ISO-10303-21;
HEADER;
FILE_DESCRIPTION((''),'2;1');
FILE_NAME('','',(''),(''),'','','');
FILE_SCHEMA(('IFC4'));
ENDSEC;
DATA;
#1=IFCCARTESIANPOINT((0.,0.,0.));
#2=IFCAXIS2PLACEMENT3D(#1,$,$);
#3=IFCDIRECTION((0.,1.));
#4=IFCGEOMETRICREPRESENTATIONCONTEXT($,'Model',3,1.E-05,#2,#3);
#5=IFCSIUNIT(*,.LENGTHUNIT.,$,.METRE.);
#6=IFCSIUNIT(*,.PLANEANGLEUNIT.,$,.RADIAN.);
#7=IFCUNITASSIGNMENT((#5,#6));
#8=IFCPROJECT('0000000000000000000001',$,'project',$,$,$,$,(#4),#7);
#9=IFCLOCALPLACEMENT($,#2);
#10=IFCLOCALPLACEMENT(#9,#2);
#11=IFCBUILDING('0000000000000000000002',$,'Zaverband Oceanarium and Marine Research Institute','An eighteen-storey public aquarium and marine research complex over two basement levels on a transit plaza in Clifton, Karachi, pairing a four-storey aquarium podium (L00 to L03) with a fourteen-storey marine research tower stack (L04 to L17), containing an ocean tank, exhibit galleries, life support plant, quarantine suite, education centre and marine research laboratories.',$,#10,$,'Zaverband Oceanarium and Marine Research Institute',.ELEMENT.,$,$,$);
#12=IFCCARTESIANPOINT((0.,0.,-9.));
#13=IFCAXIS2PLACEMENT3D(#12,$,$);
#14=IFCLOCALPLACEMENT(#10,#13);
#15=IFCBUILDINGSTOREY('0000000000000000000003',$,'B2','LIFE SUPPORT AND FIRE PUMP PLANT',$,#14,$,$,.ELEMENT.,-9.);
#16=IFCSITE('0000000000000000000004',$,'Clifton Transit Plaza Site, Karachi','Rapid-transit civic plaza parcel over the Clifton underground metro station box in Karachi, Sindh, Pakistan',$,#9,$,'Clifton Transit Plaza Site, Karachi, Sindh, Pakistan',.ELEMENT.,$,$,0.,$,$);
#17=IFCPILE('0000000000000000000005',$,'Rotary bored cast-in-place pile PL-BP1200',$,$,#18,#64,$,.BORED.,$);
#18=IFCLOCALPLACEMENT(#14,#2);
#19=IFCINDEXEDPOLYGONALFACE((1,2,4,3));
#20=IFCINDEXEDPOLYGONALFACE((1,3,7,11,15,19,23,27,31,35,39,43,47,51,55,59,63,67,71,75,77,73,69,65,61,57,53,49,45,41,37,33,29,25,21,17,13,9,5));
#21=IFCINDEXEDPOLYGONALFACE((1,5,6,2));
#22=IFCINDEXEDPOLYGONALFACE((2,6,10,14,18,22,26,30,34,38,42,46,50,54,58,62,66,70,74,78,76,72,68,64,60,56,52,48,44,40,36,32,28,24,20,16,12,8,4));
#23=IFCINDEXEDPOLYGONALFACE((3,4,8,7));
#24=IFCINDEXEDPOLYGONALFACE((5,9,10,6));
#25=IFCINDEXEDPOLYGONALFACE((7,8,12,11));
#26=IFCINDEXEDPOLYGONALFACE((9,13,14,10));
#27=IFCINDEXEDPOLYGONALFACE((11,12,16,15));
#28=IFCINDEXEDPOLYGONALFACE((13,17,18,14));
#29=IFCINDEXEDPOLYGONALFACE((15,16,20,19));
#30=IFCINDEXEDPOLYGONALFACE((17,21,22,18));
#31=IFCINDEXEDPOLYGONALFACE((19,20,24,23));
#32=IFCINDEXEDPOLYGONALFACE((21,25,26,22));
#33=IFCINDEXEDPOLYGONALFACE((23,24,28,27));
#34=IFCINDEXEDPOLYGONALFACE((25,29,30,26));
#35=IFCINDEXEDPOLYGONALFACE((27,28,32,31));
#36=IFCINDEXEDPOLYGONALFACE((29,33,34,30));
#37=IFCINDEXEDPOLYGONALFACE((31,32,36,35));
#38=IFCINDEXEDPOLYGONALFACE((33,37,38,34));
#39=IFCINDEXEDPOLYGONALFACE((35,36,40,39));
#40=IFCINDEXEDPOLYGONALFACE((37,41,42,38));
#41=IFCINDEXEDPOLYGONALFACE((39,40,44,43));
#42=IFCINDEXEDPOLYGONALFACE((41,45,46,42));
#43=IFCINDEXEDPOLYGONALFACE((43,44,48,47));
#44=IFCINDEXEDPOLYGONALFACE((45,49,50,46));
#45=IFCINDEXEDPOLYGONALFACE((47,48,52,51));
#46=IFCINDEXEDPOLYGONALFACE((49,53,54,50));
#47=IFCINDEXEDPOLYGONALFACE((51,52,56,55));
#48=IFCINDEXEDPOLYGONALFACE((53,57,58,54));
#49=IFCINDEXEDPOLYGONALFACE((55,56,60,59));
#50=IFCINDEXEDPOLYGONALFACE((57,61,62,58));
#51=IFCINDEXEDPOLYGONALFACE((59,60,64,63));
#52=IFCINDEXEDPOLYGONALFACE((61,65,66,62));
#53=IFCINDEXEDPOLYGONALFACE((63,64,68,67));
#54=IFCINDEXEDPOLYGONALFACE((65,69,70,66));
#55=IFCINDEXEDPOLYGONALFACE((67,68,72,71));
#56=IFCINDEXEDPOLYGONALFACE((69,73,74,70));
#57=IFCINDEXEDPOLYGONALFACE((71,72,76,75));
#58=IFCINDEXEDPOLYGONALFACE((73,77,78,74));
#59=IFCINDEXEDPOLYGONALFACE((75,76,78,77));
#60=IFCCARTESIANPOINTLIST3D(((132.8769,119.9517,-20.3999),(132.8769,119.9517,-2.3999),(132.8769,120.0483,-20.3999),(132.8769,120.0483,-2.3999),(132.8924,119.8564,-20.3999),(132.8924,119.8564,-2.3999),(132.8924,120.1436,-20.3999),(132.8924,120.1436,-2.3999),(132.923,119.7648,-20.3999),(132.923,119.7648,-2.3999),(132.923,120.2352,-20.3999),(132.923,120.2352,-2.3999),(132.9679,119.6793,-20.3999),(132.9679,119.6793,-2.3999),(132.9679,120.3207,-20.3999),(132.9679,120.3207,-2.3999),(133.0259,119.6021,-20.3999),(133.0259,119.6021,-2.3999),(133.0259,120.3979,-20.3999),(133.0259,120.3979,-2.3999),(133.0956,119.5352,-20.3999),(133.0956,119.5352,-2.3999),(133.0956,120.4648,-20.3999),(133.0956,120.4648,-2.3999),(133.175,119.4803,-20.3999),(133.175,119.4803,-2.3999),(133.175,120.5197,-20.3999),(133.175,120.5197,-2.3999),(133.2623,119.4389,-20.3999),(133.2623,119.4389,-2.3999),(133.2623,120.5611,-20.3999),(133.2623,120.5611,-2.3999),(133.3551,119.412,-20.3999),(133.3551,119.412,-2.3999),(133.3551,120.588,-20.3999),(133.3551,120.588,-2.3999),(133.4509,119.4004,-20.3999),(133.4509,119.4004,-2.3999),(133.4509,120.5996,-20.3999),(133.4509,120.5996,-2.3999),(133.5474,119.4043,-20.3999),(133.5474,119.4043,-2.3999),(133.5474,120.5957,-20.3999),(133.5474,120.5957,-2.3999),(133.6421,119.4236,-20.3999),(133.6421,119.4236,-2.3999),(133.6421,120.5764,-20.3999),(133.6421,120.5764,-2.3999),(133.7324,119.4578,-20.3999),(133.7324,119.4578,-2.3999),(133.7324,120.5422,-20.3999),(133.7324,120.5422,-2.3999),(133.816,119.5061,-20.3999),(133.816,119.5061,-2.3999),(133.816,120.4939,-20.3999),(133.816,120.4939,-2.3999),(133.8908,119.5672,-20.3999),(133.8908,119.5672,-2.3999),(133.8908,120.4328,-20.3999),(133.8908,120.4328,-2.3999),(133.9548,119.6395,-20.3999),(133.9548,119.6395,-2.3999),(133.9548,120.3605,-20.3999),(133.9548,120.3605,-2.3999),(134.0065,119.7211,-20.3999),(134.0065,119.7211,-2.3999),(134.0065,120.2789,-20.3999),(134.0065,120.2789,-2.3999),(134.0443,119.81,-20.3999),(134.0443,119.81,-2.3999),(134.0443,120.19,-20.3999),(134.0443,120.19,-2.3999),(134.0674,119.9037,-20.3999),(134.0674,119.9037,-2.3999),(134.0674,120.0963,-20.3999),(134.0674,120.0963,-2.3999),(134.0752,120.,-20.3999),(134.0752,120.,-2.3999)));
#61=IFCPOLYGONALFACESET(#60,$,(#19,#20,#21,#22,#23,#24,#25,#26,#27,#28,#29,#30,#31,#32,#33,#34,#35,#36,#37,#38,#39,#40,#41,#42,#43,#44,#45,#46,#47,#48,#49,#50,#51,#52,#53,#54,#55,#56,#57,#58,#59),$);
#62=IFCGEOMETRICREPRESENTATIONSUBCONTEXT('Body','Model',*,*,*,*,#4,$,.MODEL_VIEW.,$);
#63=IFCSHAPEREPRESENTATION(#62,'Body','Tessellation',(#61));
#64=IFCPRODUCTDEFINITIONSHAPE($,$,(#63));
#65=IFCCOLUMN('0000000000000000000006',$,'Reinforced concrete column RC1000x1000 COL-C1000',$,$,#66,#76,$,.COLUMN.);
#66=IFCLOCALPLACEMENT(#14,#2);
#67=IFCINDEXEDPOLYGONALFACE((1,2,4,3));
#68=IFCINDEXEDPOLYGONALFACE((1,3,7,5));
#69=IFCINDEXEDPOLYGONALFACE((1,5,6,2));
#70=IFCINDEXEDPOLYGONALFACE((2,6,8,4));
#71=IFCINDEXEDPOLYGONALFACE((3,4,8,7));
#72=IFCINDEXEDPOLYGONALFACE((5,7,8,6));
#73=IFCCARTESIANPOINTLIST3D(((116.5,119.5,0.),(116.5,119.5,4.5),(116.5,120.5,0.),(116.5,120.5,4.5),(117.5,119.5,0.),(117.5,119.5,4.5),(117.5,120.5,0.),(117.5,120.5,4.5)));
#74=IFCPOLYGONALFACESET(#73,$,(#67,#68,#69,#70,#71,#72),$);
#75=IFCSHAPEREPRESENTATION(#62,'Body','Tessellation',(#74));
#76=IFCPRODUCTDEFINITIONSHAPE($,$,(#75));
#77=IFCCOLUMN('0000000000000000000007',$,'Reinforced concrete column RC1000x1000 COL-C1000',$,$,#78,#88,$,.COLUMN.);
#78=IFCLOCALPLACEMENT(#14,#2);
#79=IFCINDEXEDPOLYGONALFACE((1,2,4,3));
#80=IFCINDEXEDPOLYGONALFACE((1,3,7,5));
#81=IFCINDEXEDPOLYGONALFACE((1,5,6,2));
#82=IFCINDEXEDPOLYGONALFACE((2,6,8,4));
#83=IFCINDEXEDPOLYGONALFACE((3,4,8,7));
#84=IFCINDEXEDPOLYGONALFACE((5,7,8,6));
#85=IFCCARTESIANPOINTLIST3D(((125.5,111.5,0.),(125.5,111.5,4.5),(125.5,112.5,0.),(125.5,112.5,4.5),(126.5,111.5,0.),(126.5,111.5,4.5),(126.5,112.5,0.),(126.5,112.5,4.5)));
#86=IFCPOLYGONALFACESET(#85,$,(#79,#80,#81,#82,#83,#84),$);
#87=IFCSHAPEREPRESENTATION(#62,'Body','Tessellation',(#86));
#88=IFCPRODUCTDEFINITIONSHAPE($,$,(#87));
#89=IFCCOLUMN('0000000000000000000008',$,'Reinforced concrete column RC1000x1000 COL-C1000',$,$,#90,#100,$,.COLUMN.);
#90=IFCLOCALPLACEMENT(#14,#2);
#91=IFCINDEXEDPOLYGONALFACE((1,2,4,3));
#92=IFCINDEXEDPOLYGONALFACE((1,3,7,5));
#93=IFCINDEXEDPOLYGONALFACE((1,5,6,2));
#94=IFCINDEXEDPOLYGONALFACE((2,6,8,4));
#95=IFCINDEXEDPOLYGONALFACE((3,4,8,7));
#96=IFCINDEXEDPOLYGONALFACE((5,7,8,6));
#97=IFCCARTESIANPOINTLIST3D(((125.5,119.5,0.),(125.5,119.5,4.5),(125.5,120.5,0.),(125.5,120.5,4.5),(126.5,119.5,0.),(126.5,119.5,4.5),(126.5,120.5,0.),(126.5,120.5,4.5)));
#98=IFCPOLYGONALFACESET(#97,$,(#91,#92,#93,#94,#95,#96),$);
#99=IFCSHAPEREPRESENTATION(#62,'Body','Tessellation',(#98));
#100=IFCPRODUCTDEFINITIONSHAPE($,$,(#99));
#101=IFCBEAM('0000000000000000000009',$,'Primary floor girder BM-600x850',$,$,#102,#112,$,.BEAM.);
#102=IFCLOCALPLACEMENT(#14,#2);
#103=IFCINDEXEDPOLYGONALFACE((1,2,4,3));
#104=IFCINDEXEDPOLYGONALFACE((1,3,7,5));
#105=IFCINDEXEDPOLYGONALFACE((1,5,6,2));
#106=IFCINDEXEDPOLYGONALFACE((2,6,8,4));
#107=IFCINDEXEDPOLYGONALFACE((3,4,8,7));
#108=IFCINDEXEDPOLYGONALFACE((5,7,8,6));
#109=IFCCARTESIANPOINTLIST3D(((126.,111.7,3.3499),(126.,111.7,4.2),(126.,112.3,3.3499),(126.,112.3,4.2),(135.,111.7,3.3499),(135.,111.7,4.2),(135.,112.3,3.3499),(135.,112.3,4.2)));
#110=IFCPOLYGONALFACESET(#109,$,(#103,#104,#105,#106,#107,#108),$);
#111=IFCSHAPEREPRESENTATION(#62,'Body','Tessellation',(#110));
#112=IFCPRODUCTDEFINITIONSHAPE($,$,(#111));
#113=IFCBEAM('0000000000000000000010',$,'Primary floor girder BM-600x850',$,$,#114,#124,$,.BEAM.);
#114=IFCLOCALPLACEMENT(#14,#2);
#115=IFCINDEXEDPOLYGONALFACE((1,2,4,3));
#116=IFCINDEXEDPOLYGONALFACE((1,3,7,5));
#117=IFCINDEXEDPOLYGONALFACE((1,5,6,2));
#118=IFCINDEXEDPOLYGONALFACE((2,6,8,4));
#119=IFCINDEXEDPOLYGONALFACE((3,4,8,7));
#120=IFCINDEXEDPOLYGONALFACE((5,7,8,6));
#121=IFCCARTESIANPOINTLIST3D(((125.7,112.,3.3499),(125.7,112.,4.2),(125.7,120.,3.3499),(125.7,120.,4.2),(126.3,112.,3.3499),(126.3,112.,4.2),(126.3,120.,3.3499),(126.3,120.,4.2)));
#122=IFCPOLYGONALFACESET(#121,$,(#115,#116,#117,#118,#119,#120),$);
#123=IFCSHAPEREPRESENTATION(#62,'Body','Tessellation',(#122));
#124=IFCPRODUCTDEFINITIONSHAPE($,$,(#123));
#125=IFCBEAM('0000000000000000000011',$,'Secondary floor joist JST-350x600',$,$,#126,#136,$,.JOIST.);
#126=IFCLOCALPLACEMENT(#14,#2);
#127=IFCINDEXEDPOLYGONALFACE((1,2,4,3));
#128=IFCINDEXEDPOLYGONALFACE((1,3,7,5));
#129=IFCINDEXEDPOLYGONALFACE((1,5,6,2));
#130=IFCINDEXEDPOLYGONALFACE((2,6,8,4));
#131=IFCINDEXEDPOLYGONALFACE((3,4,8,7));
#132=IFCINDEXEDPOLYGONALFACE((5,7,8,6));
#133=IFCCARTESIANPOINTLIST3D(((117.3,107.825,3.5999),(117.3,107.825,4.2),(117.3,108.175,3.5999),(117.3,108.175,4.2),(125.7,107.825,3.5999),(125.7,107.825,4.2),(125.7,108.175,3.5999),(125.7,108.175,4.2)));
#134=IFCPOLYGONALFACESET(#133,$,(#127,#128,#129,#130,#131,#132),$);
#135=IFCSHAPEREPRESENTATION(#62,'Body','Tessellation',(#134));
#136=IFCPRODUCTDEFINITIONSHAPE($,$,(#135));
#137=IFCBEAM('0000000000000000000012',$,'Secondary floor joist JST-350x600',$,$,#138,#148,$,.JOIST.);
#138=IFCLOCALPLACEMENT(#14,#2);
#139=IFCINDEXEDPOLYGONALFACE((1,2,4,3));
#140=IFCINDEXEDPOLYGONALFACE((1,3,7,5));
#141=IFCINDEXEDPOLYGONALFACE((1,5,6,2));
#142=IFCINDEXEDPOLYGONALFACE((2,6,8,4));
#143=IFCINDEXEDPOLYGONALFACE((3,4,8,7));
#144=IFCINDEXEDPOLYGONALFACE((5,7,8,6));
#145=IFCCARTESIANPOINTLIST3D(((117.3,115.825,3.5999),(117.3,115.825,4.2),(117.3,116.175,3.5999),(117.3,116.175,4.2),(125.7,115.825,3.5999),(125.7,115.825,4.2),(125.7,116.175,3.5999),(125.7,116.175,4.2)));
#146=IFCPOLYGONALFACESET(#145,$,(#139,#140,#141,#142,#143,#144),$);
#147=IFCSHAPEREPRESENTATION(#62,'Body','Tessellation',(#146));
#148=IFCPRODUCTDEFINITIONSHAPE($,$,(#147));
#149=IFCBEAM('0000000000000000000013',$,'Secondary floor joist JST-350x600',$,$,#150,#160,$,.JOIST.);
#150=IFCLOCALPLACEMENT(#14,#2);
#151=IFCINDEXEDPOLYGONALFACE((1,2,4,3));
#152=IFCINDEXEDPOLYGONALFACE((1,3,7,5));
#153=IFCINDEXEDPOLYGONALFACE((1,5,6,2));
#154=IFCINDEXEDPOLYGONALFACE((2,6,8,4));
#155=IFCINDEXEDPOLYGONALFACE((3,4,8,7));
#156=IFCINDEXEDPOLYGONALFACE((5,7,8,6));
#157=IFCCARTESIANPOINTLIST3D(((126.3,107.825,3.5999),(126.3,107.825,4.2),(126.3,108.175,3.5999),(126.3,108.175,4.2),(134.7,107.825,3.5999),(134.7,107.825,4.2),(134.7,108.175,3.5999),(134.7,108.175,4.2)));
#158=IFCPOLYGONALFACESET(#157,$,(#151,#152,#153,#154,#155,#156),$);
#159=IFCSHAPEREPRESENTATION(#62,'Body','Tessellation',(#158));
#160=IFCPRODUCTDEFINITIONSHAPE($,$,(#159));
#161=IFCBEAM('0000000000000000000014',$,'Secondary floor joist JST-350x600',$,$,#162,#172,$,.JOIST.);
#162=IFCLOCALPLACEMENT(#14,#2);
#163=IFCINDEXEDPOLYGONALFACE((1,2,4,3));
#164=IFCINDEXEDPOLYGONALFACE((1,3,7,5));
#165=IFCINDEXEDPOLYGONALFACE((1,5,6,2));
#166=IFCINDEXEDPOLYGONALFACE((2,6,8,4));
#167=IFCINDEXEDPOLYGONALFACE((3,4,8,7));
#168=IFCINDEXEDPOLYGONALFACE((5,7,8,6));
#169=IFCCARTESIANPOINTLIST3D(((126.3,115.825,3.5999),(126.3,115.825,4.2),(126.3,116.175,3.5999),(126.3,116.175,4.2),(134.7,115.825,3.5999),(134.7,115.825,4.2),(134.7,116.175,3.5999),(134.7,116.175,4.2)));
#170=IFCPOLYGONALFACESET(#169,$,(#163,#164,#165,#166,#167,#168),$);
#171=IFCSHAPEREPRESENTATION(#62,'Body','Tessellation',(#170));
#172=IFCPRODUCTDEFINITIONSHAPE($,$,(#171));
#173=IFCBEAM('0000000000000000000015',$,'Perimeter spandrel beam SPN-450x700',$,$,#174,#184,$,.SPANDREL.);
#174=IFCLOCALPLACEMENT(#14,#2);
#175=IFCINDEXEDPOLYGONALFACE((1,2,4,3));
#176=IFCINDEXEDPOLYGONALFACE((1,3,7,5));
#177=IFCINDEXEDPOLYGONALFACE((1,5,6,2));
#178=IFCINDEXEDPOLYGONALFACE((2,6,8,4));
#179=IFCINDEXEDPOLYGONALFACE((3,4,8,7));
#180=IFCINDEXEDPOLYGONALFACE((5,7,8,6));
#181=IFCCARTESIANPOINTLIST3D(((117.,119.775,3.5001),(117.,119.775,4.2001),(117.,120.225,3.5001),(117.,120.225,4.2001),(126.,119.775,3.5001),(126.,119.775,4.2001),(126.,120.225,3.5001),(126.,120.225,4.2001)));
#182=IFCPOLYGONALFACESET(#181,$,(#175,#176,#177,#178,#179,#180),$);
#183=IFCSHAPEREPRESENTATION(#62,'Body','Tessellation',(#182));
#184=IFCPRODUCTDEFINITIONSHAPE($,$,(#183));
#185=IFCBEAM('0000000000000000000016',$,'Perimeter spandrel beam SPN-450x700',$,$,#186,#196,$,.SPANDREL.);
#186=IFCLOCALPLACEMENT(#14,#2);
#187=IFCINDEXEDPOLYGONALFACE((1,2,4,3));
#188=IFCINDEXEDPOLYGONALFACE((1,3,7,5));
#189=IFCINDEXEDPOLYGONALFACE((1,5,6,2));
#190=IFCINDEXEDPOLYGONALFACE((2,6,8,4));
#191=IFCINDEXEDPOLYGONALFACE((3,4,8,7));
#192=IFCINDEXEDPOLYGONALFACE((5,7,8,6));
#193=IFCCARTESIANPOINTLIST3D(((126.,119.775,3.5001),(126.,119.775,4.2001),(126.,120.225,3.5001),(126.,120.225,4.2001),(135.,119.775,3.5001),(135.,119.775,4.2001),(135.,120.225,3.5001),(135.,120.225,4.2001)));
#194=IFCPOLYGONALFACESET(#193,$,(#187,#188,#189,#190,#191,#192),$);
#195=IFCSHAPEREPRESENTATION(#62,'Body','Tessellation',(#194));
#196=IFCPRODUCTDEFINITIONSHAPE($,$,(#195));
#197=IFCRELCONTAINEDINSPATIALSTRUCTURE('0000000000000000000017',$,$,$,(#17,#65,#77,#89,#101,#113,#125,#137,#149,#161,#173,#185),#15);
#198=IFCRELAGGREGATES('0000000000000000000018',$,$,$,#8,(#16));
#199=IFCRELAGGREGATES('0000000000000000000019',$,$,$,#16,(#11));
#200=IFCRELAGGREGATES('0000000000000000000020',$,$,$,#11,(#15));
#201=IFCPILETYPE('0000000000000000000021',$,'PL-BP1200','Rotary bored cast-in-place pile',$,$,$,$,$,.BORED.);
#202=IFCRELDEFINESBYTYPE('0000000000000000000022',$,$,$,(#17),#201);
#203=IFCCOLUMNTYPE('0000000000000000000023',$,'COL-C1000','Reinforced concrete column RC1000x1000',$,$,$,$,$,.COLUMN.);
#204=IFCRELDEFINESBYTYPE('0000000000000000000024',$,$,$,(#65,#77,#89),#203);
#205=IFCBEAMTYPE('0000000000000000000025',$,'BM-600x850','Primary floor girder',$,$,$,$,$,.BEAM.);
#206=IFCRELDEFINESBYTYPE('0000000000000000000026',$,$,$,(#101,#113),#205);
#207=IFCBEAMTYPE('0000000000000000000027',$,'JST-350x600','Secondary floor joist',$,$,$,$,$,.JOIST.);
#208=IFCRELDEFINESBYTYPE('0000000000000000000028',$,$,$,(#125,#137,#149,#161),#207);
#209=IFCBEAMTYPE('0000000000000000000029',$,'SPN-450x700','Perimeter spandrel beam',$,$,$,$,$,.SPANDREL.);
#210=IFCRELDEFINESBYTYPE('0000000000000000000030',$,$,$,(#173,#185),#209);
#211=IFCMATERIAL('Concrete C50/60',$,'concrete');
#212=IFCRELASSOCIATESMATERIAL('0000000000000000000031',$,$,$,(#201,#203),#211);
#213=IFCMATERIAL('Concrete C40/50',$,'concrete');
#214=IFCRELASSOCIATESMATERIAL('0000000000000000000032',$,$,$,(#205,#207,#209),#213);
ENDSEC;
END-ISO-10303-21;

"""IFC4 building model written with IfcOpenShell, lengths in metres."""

from ifc_helpers import new_model, si_unit, direction, frame, origin, origin_2d, place, context, subcontext, project, spatial, rectangle, circle, extrude, material, material_profile, profile_set, type_object, element, save


model = new_model("IFC4")

# Units and contexts
model_context = context("Model", 3, precision=1e-05, world=origin(), true_north=direction((0.0, 1.0)))
body_context = subcontext(model_context, "Body", "Model", "MODEL_VIEW")
ifc_project = project(units=[si_unit("LENGTHUNIT", "METRE"), si_unit("PLANEANGLEUNIT", "RADIAN")], contexts=[model_context])

# Site, building, storey
site_placement = place(None, origin())
site = spatial("IfcSite", under=ifc_project, at=site_placement, Name="Clifton Transit Plaza Site, Karachi", Description="Rapid-transit civic plaza parcel over the Clifton underground metro station box in Karachi, Sindh, Pakistan", LongName="Clifton Transit Plaza Site, Karachi, Sindh, Pakistan", CompositionType="ELEMENT", RefElevation=0.0)
building_placement = place(site_placement, origin())
building = spatial("IfcBuilding", under=site, at=building_placement, Name="Zaverband Oceanarium and Marine Research Institute", Description="An eighteen-storey public aquarium and marine research complex over two basement levels on a transit plaza in Clifton, Karachi, pairing a four-storey aquarium podium (L00 to L03) with a fourteen-storey marine research tower stack (L04 to L17), containing an ocean tank, exhibit galleries, life support plant, quarantine suite, education centre and marine research laboratories.", LongName="Zaverband Oceanarium and Marine Research Institute", CompositionType="ELEMENT")
storey_placement = place(building_placement, frame((0.0, 0.0, -9.0)))
storey = spatial("IfcBuildingStorey", under=building, at=storey_placement, Name="B2", Description="LIFE SUPPORT AND FIRE PUMP PLANT", CompositionType="ELEMENT", Elevation=-9.0)

# Shared definitions
ifc_material_1 = material(Name="Concrete C50/60", Category="concrete")

# Pile
ifc_material_profile_1 = material_profile(ifc_material_1, circle(Radius=0.6001, at=origin_2d()), Name="BP1200")
ifc_profile_set_1 = profile_set([ifc_material_profile_1], Name="Concrete C50/60")
pile_type_1 = type_object("IfcPileType", Name="PL-BP1200", Description="Rotary bored cast-in-place pile", PredefinedType="BORED", material=ifc_profile_set_1)
for number, where, z_axis, x_axis, name in (
    (1, (133.4751, 120.0, -2.3999), (0.0, 0.0, -1.0), (1.0, 0.0, 0.0), "Rotary bored cast-in-place pile PL-BP1200"),
):
    element("IfcPile", number, at=place(storey_placement, frame(where, z_axis=z_axis, x_axis=x_axis)), inside=storey, type_object=pile_type_1, Name=name, PredefinedType="BORED", context=body_context, shape_type="SweptSolid", body=[
        extrude(circle(Radius=0.6001, at=origin_2d()), origin(), (0.0, 0.0, 1.0), 18.0),
    ])

# Columns
ifc_material_profile_2 = material_profile(ifc_material_1, rectangle(XDim=1.0, YDim=1.0, at=origin_2d()), Name="RC1000x1000")
ifc_profile_set_2 = profile_set([ifc_material_profile_2], Name="Concrete C50/60")
column_type = type_object("IfcColumnType", Name="COL-C1000", Description="Reinforced concrete column RC1000x1000", PredefinedType="COLUMN", material=ifc_profile_set_2)
for number, where, z_axis, x_axis, name in (
    (2, (117.0, 120.0, 0.0), (0.0, 0.0, 1.0), (1.0, 0.0, 0.0), "Reinforced concrete column RC1000x1000 COL-C1000"),
    (3, (126.0, 112.0, 0.0), (0.0, 0.0, 1.0), (1.0, 0.0, 0.0), "Reinforced concrete column RC1000x1000 COL-C1000"),
    (4, (126.0, 120.0, 0.0), (0.0, 0.0, 1.0), (1.0, 0.0, 0.0), "Reinforced concrete column RC1000x1000 COL-C1000"),
):
    element("IfcColumn", number, at=place(storey_placement, frame(where, z_axis=z_axis, x_axis=x_axis)), inside=storey, type_object=column_type, Name=name, PredefinedType="COLUMN", context=body_context, shape_type="SweptSolid", body=[
        extrude(rectangle(XDim=1.0, YDim=1.0, at=origin_2d()), origin(), (0.0, 0.0, 1.0), 4.5),
    ])

# Beams
ifc_material_2 = material(Name="Concrete C40/50", Category="concrete")
ifc_material_profile_3 = material_profile(ifc_material_2, rectangle(XDim=0.6001, YDim=0.8501, at=origin_2d()), Name="RC600x850")
ifc_profile_set_3 = profile_set([ifc_material_profile_3], Name="Concrete C40/50")
beam_type_1 = type_object("IfcBeamType", Name="BM-600x850", Description="Primary floor girder", PredefinedType="BEAM", material=ifc_profile_set_3)
beam_1_placement = place(storey_placement, frame((126.0, 112.0, 3.7749), z_axis=(1.0, 0.0, 0.0), x_axis=(0.0, 1.0, 0.0)))
element("IfcBeam", 5, at=beam_1_placement, inside=storey, type_object=beam_type_1, Name="Primary floor girder BM-600x850", PredefinedType="BEAM", context=body_context, shape_type="SweptSolid", body=[
    extrude(rectangle(XDim=0.6001, YDim=0.8501, at=origin_2d()), origin(), (0.0, 0.0, 1.0), 9.0),
])
beam_2_placement = place(storey_placement, frame((126.0, 112.0, 3.7749), z_axis=(0.0, 1.0, 0.0), x_axis=(-1.0, 0.0, 0.0)))
element("IfcBeam", 6, at=beam_2_placement, inside=storey, type_object=beam_type_1, Name="Primary floor girder BM-600x850", PredefinedType="BEAM", context=body_context, shape_type="SweptSolid", body=[
    extrude(rectangle(XDim=0.6001, YDim=0.8501, at=origin_2d()), origin(), (0.0, 0.0, 1.0), 8.0),
])
ifc_material_profile_4 = material_profile(ifc_material_2, rectangle(XDim=0.3501, YDim=0.6001, at=origin_2d()), Name="RC350x600")
ifc_profile_set_4 = profile_set([ifc_material_profile_4], Name="Concrete C40/50")
beam_type_2 = type_object("IfcBeamType", Name="JST-350x600", Description="Secondary floor joist", PredefinedType="JOIST", material=ifc_profile_set_4)
for number, where, z_axis, x_axis, name in (
    (7, (117.3, 108.0, 3.8999), (1.0, 0.0, 0.0), (0.0, 1.0, 0.0), "Secondary floor joist JST-350x600"),
    (8, (117.3, 116.0, 3.8999), (1.0, 0.0, 0.0), (0.0, 1.0, 0.0), "Secondary floor joist JST-350x600"),
    (9, (126.3, 108.0, 3.8999), (1.0, 0.0, 0.0), (0.0, 1.0, 0.0), "Secondary floor joist JST-350x600"),
    (10, (126.3, 116.0, 3.8999), (1.0, 0.0, 0.0), (0.0, 1.0, 0.0), "Secondary floor joist JST-350x600"),
):
    element("IfcBeam", number, at=place(storey_placement, frame(where, z_axis=z_axis, x_axis=x_axis)), inside=storey, type_object=beam_type_2, Name=name, PredefinedType="JOIST", context=body_context, shape_type="SweptSolid", body=[
        extrude(rectangle(XDim=0.3501, YDim=0.6001, at=origin_2d()), origin(), (0.0, 0.0, 1.0), 8.3999),
    ])
ifc_material_profile_5 = material_profile(ifc_material_2, rectangle(XDim=0.45, YDim=0.7, at=origin_2d()), Name="RC450x700")
ifc_profile_set_5 = profile_set([ifc_material_profile_5], Name="Concrete C40/50")
beam_type_3 = type_object("IfcBeamType", Name="SPN-450x700", Description="Perimeter spandrel beam", PredefinedType="SPANDREL", material=ifc_profile_set_5)
for number, where, z_axis, x_axis, name in (
    (11, (117.0, 120.0, 3.8501), (1.0, 0.0, 0.0), (0.0, 1.0, 0.0), "Perimeter spandrel beam SPN-450x700"),
    (12, (126.0, 120.0, 3.8501), (1.0, 0.0, 0.0), (0.0, 1.0, 0.0), "Perimeter spandrel beam SPN-450x700"),
):
    element("IfcBeam", number, at=place(storey_placement, frame(where, z_axis=z_axis, x_axis=x_axis)), inside=storey, type_object=beam_type_3, Name=name, PredefinedType="SPANDREL", context=body_context, shape_type="SweptSolid", body=[
        extrude(rectangle(XDim=0.45, YDim=0.7, at=origin_2d()), origin(), (0.0, 0.0, 1.0), 9.0),
    ])

save(model, "model.ifc")
